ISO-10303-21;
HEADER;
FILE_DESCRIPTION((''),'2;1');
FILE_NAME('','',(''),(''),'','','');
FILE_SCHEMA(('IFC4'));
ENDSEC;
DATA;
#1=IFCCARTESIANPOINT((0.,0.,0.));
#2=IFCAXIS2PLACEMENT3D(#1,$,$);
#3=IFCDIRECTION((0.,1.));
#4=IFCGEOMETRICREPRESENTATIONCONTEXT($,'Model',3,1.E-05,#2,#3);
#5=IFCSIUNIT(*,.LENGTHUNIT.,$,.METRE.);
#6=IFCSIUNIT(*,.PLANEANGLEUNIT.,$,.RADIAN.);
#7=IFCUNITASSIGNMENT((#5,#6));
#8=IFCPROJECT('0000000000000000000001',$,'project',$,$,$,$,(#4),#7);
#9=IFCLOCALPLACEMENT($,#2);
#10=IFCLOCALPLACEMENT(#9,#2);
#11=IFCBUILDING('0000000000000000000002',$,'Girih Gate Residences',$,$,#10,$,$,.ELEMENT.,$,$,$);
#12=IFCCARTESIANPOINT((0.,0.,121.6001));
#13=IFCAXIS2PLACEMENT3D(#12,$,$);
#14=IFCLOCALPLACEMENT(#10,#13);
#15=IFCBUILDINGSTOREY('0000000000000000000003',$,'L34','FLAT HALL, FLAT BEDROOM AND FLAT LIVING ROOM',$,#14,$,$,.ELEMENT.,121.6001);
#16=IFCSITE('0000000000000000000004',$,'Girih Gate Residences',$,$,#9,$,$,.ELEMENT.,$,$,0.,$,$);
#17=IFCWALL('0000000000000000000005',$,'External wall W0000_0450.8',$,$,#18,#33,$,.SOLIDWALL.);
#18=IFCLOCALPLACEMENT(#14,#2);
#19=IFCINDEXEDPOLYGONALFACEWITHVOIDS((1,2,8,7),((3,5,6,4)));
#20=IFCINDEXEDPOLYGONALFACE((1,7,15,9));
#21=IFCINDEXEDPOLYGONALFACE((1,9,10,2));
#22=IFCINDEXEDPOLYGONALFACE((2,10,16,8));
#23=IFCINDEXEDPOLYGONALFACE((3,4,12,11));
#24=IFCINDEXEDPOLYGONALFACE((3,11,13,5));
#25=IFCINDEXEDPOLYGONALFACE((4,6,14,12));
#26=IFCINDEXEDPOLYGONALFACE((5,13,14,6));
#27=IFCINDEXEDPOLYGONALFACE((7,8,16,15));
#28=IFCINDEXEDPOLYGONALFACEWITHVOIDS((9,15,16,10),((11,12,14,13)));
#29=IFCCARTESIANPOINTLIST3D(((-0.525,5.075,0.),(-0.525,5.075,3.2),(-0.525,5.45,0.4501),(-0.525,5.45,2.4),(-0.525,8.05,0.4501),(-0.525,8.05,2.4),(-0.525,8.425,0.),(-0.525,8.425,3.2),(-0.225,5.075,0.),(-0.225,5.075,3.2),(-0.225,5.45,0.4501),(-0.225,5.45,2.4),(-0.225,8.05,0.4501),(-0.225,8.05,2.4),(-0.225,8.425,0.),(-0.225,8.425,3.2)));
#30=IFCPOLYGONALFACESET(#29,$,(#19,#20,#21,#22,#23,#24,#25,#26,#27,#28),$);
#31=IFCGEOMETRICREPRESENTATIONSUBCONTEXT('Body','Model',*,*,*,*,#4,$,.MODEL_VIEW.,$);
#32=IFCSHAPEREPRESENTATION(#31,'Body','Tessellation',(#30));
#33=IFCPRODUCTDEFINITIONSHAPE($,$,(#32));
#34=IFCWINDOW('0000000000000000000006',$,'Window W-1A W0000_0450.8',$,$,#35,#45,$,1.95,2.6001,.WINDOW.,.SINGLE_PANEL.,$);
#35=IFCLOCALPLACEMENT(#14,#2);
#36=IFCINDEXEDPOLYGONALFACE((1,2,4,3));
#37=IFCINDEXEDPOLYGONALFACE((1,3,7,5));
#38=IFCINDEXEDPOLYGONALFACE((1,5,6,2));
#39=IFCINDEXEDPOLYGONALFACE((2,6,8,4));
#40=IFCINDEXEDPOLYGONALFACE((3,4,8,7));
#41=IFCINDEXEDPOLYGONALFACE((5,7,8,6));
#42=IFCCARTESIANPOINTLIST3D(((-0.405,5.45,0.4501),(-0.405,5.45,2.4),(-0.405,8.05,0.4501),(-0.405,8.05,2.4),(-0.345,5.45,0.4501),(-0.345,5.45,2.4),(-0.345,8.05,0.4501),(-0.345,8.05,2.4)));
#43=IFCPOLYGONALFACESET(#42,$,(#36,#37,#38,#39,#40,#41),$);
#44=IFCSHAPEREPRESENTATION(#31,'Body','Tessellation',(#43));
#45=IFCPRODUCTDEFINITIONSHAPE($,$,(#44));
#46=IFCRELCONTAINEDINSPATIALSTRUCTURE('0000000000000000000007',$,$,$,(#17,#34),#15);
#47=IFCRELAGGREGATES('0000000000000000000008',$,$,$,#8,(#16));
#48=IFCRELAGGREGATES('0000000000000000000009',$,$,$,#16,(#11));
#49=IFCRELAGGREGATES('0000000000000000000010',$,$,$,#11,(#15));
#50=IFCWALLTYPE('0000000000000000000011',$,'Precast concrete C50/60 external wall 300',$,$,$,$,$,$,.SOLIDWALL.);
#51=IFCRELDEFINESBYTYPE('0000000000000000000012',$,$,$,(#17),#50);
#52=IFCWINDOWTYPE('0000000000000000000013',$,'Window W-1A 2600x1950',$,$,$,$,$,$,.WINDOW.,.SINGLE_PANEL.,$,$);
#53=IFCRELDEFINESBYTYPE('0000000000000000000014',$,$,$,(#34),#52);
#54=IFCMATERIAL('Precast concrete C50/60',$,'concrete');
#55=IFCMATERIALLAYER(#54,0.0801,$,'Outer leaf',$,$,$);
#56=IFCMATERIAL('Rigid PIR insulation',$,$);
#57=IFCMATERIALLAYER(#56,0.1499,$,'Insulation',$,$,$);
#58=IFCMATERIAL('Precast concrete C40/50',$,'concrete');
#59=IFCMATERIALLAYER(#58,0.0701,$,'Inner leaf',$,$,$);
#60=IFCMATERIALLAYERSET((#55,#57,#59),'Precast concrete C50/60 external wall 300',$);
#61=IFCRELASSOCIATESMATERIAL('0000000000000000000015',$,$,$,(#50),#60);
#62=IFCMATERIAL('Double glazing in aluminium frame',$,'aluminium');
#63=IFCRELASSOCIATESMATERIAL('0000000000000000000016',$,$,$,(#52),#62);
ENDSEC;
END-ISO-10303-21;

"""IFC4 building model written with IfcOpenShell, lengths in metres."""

from ifc_helpers import new_model, si_unit, direction, frame, frame_2d, origin, place, context, subcontext, project, spatial, rectangle, extrude, material, layer, layer_set, type_object, element, fill, save


model = new_model("IFC4")

# Units and contexts
model_context = context("Model", 3, precision=1e-05, world=origin(), true_north=direction((0.0, 1.0)))
body_context = subcontext(model_context, "Body", "Model", "MODEL_VIEW")
ifc_project = project(units=[si_unit("LENGTHUNIT", "METRE"), si_unit("PLANEANGLEUNIT", "RADIAN")], contexts=[model_context])

# Site, building, storey
site_placement = place(None, origin())
site = spatial("IfcSite", under=ifc_project, at=site_placement, Name="Girih Gate Residences", CompositionType="ELEMENT", RefElevation=0.0)
building_placement = place(site_placement, origin())
building = spatial("IfcBuilding", under=site, at=building_placement, Name="Girih Gate Residences", CompositionType="ELEMENT")
storey_placement = place(building_placement, frame((0.0, 0.0, 121.6001)))
storey = spatial("IfcBuildingStorey", under=building, at=storey_placement, Name="L34", Description="FLAT HALL, FLAT BEDROOM AND FLAT LIVING ROOM", CompositionType="ELEMENT", Elevation=121.6001)

# Wall, opening, window
ifc_material_1 = material(Name="Precast concrete C50/60", Category="concrete")
ifc_layer_1 = layer(ifc_material_1, 0.0801, Name="Outer leaf")
ifc_material_2 = material(Name="Rigid PIR insulation")
ifc_layer_2 = layer(ifc_material_2, 0.1499, Name="Insulation")
ifc_material_3 = material(Name="Precast concrete C40/50", Category="concrete")
ifc_layer_3 = layer(ifc_material_3, 0.0701, Name="Inner leaf")
ifc_layer_set_1 = layer_set([ifc_layer_1, ifc_layer_2, ifc_layer_3], Name="Precast concrete C50/60 external wall 300")
wall_type_1 = type_object("IfcWallType", Name="Precast concrete C50/60 external wall 300", PredefinedType="SOLIDWALL", material=ifc_layer_set_1)
ifc_material_4 = material(Name="Double glazing in aluminium frame", Category="aluminium")
window_type = type_object("IfcWindowType", Name="Window W-1A 2600x1950", PartitioningType="SINGLE_PANEL", PredefinedType="WINDOW", material=ifc_material_4)
wall_1_placement = place(storey_placement, frame((-0.375, 5.075, 0.0), z_axis=(0.0, 0.0, 1.0), x_axis=(0.0, 1.0, 0.0)))
wall_1 = element("IfcWall", 1, at=wall_1_placement, inside=storey, type_object=wall_type_1, Name="External wall W0000_0450.8", PredefinedType="SOLIDWALL", context=body_context, shape_type="SweptSolid", body=[
    extrude(rectangle(XDim=3.3501, YDim=0.3, at=frame_2d((1.675, 0.0))), origin(), (0.0, 0.0, 1.0), 3.2),
])
opening_1_placement = place(wall_1_placement, frame((0.375, 0.0, 0.45)))
opening_1 = element("IfcOpeningElement", 2, at=opening_1_placement, cuts=wall_1, PredefinedType="OPENING", context=body_context, shape_type="SweptSolid", body=[
    extrude(rectangle(XDim=2.6001, YDim=1.95, at=frame_2d((1.3, 0.9751))), frame((0.0, 0.1599, 0.0), z_axis=(0.0, -1.0, 0.0), x_axis=(1.0, 0.0, 0.0)), (0.0, 0.0, 1.0), 0.3201),
])
window_1_placement = place(opening_1_placement, origin())
window_1 = element("IfcWindow", 3, at=window_1_placement, inside=storey, type_object=window_type, Name="Window W-1A W0000_0450.8", OverallHeight=1.95, OverallWidth=2.6001, PartitioningType="SINGLE_PANEL", PredefinedType="WINDOW", context=body_context, shape_type="SweptSolid", body=[
    extrude(rectangle(XDim=2.6001, YDim=1.95, at=frame_2d((1.3, 0.9751))), frame((0.0, 0.03, 0.0), z_axis=(0.0, -1.0, 0.0), x_axis=(1.0, 0.0, 0.0)), (0.0, 0.0, 1.0), 0.0601),
])
fill(opening_1, window_1)

save(model, "model.ifc")
